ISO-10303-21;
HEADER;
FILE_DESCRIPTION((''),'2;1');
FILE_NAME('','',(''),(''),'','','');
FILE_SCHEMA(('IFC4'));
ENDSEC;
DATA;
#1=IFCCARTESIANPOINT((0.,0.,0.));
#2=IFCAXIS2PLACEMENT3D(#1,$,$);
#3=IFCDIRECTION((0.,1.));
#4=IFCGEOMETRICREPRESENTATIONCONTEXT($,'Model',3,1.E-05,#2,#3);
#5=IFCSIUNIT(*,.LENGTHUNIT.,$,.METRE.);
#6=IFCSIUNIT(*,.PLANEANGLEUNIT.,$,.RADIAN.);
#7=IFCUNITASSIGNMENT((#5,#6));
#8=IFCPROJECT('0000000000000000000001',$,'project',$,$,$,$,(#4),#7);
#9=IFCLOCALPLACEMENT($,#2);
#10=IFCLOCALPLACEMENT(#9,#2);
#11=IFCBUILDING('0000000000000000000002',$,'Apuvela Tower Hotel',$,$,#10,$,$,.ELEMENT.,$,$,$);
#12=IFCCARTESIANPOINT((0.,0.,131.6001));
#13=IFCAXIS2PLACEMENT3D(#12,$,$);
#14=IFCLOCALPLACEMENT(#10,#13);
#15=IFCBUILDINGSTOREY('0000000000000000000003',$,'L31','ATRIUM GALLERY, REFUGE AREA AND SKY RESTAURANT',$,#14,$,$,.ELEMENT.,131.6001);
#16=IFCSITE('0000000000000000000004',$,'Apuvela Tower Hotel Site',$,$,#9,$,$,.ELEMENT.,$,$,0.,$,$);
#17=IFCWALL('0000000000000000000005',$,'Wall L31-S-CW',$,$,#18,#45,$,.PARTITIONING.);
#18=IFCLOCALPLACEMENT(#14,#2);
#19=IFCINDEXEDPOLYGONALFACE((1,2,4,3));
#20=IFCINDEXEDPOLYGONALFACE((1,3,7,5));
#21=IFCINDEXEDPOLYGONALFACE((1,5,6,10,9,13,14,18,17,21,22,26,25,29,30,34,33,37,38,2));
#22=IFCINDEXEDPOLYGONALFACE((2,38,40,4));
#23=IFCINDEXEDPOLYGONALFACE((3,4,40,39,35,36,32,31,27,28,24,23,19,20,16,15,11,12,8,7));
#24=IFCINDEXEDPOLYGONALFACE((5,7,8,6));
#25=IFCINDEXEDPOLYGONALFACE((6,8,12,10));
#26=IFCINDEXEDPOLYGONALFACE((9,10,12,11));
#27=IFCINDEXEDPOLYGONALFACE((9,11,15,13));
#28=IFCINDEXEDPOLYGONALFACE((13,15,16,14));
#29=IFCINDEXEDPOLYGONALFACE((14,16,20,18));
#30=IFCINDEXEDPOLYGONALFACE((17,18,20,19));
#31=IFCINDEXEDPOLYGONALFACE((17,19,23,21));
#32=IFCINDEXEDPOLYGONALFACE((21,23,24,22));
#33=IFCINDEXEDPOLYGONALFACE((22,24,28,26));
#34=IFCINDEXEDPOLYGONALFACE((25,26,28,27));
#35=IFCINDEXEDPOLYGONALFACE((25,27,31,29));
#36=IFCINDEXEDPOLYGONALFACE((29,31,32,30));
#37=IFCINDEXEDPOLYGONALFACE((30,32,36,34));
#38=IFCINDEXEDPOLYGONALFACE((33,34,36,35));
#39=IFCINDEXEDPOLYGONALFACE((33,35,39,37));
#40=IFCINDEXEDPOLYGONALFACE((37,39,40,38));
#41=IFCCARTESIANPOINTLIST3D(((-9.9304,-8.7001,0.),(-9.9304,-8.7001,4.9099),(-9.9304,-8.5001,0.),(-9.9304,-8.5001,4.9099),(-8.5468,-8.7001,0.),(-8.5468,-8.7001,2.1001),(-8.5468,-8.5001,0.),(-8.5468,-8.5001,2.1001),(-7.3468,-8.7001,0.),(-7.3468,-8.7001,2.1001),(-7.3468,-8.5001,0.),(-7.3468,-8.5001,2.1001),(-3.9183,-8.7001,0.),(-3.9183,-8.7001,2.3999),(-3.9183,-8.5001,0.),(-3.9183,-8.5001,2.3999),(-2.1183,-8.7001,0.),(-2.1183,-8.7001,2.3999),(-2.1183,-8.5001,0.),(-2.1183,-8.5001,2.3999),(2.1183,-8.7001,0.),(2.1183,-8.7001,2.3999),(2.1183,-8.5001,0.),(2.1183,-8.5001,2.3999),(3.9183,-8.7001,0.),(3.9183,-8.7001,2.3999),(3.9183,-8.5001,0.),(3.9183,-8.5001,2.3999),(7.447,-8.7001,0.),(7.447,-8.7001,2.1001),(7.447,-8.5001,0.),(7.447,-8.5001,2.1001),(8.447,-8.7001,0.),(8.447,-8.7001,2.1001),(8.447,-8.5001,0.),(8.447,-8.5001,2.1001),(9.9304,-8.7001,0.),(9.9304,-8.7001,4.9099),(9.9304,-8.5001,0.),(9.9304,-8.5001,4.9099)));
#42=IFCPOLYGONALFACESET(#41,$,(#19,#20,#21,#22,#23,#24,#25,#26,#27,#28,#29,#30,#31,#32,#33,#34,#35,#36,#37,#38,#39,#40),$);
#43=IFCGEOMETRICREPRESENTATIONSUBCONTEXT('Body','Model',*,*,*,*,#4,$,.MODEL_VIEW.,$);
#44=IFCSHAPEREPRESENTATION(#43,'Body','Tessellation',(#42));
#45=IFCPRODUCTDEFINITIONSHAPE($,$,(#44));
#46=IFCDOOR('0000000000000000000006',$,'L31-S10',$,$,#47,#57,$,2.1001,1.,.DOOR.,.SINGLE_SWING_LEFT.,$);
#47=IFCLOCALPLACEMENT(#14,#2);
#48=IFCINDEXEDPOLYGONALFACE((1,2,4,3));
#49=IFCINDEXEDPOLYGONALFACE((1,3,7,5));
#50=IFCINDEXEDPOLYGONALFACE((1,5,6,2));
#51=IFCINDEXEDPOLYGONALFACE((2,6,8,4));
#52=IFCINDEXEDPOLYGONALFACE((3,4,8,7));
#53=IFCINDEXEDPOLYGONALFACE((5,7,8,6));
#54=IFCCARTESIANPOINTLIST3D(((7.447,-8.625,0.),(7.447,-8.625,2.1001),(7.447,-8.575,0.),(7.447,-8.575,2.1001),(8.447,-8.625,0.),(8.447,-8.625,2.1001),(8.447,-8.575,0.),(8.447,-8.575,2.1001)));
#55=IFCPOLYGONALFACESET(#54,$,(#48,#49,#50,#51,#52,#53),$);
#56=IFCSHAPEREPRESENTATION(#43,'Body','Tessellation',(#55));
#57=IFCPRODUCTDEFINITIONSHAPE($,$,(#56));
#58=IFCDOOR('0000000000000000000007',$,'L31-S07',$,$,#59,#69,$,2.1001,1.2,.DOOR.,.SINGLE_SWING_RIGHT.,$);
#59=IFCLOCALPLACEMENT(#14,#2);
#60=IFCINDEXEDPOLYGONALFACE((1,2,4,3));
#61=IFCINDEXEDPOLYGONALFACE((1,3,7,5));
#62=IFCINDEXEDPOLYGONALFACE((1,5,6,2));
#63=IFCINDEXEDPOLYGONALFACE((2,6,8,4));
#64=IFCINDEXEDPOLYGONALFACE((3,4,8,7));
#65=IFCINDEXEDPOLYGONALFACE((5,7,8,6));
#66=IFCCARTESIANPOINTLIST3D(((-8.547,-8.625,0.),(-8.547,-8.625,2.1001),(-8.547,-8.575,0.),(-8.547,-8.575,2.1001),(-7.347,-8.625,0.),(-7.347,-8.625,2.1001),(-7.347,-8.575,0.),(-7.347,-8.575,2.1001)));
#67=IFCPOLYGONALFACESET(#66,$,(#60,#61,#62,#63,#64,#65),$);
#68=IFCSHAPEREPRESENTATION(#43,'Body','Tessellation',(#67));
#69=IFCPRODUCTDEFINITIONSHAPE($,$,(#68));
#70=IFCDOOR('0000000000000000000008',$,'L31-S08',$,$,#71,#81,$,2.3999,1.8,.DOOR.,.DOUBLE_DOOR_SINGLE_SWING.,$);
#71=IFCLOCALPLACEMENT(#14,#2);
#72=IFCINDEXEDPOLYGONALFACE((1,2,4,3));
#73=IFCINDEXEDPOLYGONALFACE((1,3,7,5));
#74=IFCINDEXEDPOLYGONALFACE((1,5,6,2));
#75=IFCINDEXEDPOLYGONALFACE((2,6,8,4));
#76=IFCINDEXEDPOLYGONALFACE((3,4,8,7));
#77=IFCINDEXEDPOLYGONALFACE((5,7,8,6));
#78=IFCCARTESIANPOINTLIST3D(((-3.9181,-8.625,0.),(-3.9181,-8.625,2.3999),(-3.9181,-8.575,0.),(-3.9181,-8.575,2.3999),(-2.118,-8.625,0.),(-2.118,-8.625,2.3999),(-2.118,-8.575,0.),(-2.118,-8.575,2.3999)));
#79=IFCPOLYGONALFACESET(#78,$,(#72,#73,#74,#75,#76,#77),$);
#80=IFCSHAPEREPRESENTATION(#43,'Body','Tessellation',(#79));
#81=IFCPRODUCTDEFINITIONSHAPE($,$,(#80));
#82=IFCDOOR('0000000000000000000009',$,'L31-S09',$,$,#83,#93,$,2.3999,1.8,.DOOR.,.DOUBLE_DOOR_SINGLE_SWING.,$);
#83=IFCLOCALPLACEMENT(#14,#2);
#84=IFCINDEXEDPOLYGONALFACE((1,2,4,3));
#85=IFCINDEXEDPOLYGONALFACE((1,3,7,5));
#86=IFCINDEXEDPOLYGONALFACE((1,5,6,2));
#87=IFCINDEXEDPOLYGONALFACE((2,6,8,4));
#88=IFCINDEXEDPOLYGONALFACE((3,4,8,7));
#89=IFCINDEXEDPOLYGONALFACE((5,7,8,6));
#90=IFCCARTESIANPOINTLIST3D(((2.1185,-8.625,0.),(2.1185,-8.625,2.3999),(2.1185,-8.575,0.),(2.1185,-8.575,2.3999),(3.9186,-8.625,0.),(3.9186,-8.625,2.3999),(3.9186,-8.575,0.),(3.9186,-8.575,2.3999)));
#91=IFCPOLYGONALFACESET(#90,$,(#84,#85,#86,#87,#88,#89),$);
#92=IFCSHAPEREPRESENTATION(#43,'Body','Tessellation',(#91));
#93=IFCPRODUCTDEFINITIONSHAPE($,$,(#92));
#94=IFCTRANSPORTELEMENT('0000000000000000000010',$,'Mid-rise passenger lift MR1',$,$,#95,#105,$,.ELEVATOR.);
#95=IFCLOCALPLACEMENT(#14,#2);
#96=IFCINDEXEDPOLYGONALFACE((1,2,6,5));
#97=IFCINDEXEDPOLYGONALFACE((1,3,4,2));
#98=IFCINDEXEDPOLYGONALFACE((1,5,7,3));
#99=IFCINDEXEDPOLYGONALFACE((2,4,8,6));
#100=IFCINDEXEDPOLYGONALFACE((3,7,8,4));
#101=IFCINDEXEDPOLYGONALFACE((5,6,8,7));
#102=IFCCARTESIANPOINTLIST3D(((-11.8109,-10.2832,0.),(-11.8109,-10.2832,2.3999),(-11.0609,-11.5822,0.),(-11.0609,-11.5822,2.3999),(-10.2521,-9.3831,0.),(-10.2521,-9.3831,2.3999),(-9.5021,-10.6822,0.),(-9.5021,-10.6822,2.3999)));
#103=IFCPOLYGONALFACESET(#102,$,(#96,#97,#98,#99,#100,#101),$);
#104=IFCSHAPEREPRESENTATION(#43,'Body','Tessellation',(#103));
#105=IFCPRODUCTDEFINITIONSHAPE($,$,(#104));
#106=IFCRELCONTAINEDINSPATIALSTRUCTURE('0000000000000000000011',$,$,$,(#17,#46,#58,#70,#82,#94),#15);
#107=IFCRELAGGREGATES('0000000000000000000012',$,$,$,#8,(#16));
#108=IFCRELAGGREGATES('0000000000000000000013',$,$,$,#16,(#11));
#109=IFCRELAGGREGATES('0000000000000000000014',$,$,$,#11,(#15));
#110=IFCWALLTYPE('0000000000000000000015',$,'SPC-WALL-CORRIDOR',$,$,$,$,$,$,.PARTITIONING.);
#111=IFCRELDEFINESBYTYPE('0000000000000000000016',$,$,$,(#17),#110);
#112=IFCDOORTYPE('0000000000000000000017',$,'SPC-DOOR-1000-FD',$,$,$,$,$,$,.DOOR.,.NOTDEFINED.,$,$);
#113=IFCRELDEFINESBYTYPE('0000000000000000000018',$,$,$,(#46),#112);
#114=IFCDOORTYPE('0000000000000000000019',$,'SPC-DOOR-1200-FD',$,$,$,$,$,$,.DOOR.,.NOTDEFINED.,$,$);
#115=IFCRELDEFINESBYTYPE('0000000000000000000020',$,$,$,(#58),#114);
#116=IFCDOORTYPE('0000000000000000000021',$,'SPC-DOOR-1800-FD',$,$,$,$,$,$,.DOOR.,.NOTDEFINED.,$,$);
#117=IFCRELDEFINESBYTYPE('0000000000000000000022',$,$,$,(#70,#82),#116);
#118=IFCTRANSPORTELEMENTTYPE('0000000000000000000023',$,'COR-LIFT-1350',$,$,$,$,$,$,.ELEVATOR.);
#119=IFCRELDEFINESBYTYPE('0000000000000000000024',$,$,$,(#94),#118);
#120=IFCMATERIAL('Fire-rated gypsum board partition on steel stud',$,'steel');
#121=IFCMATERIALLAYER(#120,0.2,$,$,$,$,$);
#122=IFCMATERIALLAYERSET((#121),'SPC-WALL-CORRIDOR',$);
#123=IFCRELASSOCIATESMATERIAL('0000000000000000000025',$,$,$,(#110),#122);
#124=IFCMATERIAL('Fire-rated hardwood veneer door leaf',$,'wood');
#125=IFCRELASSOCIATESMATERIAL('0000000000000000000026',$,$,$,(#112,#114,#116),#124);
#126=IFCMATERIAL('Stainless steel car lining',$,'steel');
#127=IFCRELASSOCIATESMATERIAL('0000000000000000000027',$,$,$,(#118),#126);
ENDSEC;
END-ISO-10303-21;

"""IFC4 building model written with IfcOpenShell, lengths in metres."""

from ifc_helpers import new_model, si_unit, direction, frame, frame_2d, origin, origin_2d, place, context, subcontext, project, spatial, rectangle, extrude, material, layer, layer_set, type_object, element, fill, save


model = new_model("IFC4")

# Units and contexts
model_context = context("Model", 3, precision=1e-05, world=origin(), true_north=direction((0.0, 1.0)))
body_context = subcontext(model_context, "Body", "Model", "MODEL_VIEW")
ifc_project = project(units=[si_unit("LENGTHUNIT", "METRE"), si_unit("PLANEANGLEUNIT", "RADIAN")], contexts=[model_context])

# Site, building, storey
site_placement = place(None, origin())
site = spatial("IfcSite", under=ifc_project, at=site_placement, Name="Apuvela Tower Hotel Site", CompositionType="ELEMENT", RefElevation=0.0)
building_placement = place(site_placement, origin())
building = spatial("IfcBuilding", under=site, at=building_placement, Name="Apuvela Tower Hotel", CompositionType="ELEMENT")
storey_placement = place(building_placement, frame((0.0, 0.0, 131.6001)))
storey = spatial("IfcBuildingStorey", under=building, at=storey_placement, Name="L31", Description="ATRIUM GALLERY, REFUGE AREA AND SKY RESTAURANT", CompositionType="ELEMENT", Elevation=131.6001)

# Wall, openings, doors
ifc_material_1 = material(Name="Fire-rated gypsum board partition on steel stud", Category="steel")
ifc_layer_1 = layer(ifc_material_1, 0.2)
ifc_layer_set_1 = layer_set([ifc_layer_1], Name="SPC-WALL-CORRIDOR")
wall_type_1 = type_object("IfcWallType", Name="SPC-WALL-CORRIDOR", PredefinedType="PARTITIONING", material=ifc_layer_set_1)
wall_1_placement = place(storey_placement, frame((-9.9304, -8.6001, 0.0), z_axis=(0.0, 0.0, 1.0), x_axis=(1.0, 0.0, 0.0)))
wall_1 = element("IfcWall", 1, at=wall_1_placement, inside=storey, type_object=wall_type_1, Name="Wall L31-S-CW", PredefinedType="PARTITIONING", context=body_context, shape_type="SweptSolid", body=[
    extrude(rectangle(XDim=19.8608, YDim=0.2, at=frame_2d((9.9304, 0.0))), origin(), (0.0, 0.0, 1.0), 4.9099),
])
opening_1_placement = place(wall_1_placement, frame((1.3835, 0.0, 0.0)))
opening_1 = element("IfcOpeningElement", 2, at=opening_1_placement, cuts=wall_1, PredefinedType="OPENING", context=body_context, shape_type="SweptSolid", body=[
    extrude(rectangle(XDim=1.2, YDim=2.1001, at=frame_2d((0.6001, 1.05))), frame((0.0, 0.1099, 0.0), z_axis=(0.0, -1.0, 0.0), x_axis=(1.0, 0.0, 0.0)), (0.0, 0.0, 1.0), 0.22),
])
opening_2_placement = place(wall_1_placement, frame((6.0122, 0.0, 0.0)))
opening_2 = element("IfcOpeningElement", 3, at=opening_2_placement, cuts=wall_1, PredefinedType="OPENING", context=body_context, shape_type="SweptSolid", body=[
    extrude(rectangle(XDim=1.8, YDim=2.3999, at=frame_2d((0.8999, 1.2))), frame((0.0, 0.1099, 0.0), z_axis=(0.0, -1.0, 0.0), x_axis=(1.0, 0.0, 0.0)), (0.0, 0.0, 1.0), 0.22),
])
opening_3_placement = place(wall_1_placement, frame((12.0488, 0.0, 0.0)))
opening_3 = element("IfcOpeningElement", 4, at=opening_3_placement, cuts=wall_1, PredefinedType="OPENING", context=body_context, shape_type="SweptSolid", body=[
    extrude(rectangle(XDim=1.8, YDim=2.3999, at=frame_2d((0.8999, 1.2))), frame((0.0, 0.1099, 0.0), z_axis=(0.0, -1.0, 0.0), x_axis=(1.0, 0.0, 0.0)), (0.0, 0.0, 1.0), 0.22),
])
opening_4_placement = place(wall_1_placement, frame((17.3774, 0.0, 0.0)))
opening_4 = element("IfcOpeningElement", 5, at=opening_4_placement, cuts=wall_1, PredefinedType="OPENING", context=body_context, shape_type="SweptSolid", body=[
    extrude(rectangle(XDim=1.0, YDim=2.1001, at=frame_2d((0.5, 1.05))), frame((0.0, 0.1099, 0.0), z_axis=(0.0, -1.0, 0.0), x_axis=(1.0, 0.0, 0.0)), (0.0, 0.0, 1.0), 0.22),
])
ifc_material_2 = material(Name="Fire-rated hardwood veneer door leaf", Category="wood")
door_type_1 = type_object("IfcDoorType", Name="SPC-DOOR-1000-FD", OperationType="NOTDEFINED", PredefinedType="DOOR", material=ifc_material_2)
door_1_placement = place(opening_4_placement, frame((1.0, 0.0, 0.0), z_axis=(0.0, 0.0, 1.0), x_axis=(-1.0, 0.0, 0.0)))
door_1 = element("IfcDoor", 6, at=door_1_placement, inside=storey, type_object=door_type_1, Name="L31-S10", OperationType="SINGLE_SWING_LEFT", OverallHeight=2.1001, OverallWidth=1.0, PredefinedType="DOOR", context=body_context, shape_type="SweptSolid", body=[
    extrude(rectangle(XDim=1.0, YDim=2.1001, at=frame_2d((0.5, 1.05))), frame((0.0, 0.0249, 0.0), z_axis=(0.0, -1.0, 0.0), x_axis=(1.0, 0.0, 0.0)), (0.0, 0.0, 1.0), 0.05),
])
fill(opening_4, door_1)
door_type_2 = type_object("IfcDoorType", Name="SPC-DOOR-1200-FD", OperationType="NOTDEFINED", PredefinedType="DOOR", material=ifc_material_2)
door_2_placement = place(opening_1_placement, frame((1.2, 0.0, 0.0), z_axis=(0.0, 0.0, 1.0), x_axis=(-1.0, 0.0, 0.0)))
door_2 = element("IfcDoor", 7, at=door_2_placement, inside=storey, type_object=door_type_2, Name="L31-S07", OperationType="SINGLE_SWING_RIGHT", OverallHeight=2.1001, OverallWidth=1.2, PredefinedType="DOOR", context=body_context, shape_type="SweptSolid", body=[
    extrude(rectangle(XDim=1.2, YDim=2.1001, at=frame_2d((0.6001, 1.05))), frame((0.0, 0.0249, 0.0), z_axis=(0.0, -1.0, 0.0), x_axis=(1.0, 0.0, 0.0)), (0.0, 0.0, 1.0), 0.05),
])
fill(opening_1, door_2)
door_type_3 = type_object("IfcDoorType", Name="SPC-DOOR-1800-FD", OperationType="NOTDEFINED", PredefinedType="DOOR", material=ifc_material_2)
door_3_placement = place(opening_2_placement, frame((1.8, 0.0, 0.0), z_axis=(0.0, 0.0, 1.0), x_axis=(-1.0, 0.0, 0.0)))
door_3 = element("IfcDoor", 8, at=door_3_placement, inside=storey, type_object=door_type_3, Name="L31-S08", OperationType="DOUBLE_DOOR_SINGLE_SWING", OverallHeight=2.3999, OverallWidth=1.8, PredefinedType="DOOR", context=body_context, shape_type="SweptSolid", body=[
    extrude(rectangle(XDim=1.8, YDim=2.3999, at=frame_2d((0.8999, 1.2))), frame((0.0, 0.0249, 0.0), z_axis=(0.0, -1.0, 0.0), x_axis=(1.0, 0.0, 0.0)), (0.0, 0.0, 1.0), 0.05),
])
fill(opening_2, door_3)
door_4_placement = place(opening_3_placement, frame((1.8, 0.0, 0.0), z_axis=(0.0, 0.0, 1.0), x_axis=(-1.0, 0.0, 0.0)))
door_4 = element("IfcDoor", 9, at=door_4_placement, inside=storey, type_object=door_type_3, Name="L31-S09", OperationType="DOUBLE_DOOR_SINGLE_SWING", OverallHeight=2.3999, OverallWidth=1.8, PredefinedType="DOOR", context=body_context, shape_type="SweptSolid", body=[
    extrude(rectangle(XDim=1.8, YDim=2.3999, at=frame_2d((0.8999, 1.2))), frame((0.0, 0.0249, 0.0), z_axis=(0.0, -1.0, 0.0), x_axis=(1.0, 0.0, 0.0)), (0.0, 0.0, 1.0), 0.05),
])
fill(opening_3, door_4)

# Transport element
ifc_material_3 = material(Name="Stainless steel car lining", Category="steel")
transport_element_type = type_object("IfcTransportElementType", Name="COR-LIFT-1350", PredefinedType="ELEVATOR", material=ifc_material_3)
transport_element_placement = place(storey_placement, frame((-10.6565, -10.4827, 0.0), z_axis=(0.0, 0.0, 1.0), x_axis=(-0.866025, -0.5, 0.0)))
element("IfcTransportElement", 10, at=transport_element_placement, inside=storey, type_object=transport_element_type, Name="Mid-rise passenger lift MR1", PredefinedType="ELEVATOR", context=body_context, shape_type="SweptSolid", body=[
    extrude(rectangle(XDim=1.8, YDim=1.5, at=origin_2d()), origin(), (0.0, 0.0, 1.0), 2.3999),
])

save(model, "model.ifc")
